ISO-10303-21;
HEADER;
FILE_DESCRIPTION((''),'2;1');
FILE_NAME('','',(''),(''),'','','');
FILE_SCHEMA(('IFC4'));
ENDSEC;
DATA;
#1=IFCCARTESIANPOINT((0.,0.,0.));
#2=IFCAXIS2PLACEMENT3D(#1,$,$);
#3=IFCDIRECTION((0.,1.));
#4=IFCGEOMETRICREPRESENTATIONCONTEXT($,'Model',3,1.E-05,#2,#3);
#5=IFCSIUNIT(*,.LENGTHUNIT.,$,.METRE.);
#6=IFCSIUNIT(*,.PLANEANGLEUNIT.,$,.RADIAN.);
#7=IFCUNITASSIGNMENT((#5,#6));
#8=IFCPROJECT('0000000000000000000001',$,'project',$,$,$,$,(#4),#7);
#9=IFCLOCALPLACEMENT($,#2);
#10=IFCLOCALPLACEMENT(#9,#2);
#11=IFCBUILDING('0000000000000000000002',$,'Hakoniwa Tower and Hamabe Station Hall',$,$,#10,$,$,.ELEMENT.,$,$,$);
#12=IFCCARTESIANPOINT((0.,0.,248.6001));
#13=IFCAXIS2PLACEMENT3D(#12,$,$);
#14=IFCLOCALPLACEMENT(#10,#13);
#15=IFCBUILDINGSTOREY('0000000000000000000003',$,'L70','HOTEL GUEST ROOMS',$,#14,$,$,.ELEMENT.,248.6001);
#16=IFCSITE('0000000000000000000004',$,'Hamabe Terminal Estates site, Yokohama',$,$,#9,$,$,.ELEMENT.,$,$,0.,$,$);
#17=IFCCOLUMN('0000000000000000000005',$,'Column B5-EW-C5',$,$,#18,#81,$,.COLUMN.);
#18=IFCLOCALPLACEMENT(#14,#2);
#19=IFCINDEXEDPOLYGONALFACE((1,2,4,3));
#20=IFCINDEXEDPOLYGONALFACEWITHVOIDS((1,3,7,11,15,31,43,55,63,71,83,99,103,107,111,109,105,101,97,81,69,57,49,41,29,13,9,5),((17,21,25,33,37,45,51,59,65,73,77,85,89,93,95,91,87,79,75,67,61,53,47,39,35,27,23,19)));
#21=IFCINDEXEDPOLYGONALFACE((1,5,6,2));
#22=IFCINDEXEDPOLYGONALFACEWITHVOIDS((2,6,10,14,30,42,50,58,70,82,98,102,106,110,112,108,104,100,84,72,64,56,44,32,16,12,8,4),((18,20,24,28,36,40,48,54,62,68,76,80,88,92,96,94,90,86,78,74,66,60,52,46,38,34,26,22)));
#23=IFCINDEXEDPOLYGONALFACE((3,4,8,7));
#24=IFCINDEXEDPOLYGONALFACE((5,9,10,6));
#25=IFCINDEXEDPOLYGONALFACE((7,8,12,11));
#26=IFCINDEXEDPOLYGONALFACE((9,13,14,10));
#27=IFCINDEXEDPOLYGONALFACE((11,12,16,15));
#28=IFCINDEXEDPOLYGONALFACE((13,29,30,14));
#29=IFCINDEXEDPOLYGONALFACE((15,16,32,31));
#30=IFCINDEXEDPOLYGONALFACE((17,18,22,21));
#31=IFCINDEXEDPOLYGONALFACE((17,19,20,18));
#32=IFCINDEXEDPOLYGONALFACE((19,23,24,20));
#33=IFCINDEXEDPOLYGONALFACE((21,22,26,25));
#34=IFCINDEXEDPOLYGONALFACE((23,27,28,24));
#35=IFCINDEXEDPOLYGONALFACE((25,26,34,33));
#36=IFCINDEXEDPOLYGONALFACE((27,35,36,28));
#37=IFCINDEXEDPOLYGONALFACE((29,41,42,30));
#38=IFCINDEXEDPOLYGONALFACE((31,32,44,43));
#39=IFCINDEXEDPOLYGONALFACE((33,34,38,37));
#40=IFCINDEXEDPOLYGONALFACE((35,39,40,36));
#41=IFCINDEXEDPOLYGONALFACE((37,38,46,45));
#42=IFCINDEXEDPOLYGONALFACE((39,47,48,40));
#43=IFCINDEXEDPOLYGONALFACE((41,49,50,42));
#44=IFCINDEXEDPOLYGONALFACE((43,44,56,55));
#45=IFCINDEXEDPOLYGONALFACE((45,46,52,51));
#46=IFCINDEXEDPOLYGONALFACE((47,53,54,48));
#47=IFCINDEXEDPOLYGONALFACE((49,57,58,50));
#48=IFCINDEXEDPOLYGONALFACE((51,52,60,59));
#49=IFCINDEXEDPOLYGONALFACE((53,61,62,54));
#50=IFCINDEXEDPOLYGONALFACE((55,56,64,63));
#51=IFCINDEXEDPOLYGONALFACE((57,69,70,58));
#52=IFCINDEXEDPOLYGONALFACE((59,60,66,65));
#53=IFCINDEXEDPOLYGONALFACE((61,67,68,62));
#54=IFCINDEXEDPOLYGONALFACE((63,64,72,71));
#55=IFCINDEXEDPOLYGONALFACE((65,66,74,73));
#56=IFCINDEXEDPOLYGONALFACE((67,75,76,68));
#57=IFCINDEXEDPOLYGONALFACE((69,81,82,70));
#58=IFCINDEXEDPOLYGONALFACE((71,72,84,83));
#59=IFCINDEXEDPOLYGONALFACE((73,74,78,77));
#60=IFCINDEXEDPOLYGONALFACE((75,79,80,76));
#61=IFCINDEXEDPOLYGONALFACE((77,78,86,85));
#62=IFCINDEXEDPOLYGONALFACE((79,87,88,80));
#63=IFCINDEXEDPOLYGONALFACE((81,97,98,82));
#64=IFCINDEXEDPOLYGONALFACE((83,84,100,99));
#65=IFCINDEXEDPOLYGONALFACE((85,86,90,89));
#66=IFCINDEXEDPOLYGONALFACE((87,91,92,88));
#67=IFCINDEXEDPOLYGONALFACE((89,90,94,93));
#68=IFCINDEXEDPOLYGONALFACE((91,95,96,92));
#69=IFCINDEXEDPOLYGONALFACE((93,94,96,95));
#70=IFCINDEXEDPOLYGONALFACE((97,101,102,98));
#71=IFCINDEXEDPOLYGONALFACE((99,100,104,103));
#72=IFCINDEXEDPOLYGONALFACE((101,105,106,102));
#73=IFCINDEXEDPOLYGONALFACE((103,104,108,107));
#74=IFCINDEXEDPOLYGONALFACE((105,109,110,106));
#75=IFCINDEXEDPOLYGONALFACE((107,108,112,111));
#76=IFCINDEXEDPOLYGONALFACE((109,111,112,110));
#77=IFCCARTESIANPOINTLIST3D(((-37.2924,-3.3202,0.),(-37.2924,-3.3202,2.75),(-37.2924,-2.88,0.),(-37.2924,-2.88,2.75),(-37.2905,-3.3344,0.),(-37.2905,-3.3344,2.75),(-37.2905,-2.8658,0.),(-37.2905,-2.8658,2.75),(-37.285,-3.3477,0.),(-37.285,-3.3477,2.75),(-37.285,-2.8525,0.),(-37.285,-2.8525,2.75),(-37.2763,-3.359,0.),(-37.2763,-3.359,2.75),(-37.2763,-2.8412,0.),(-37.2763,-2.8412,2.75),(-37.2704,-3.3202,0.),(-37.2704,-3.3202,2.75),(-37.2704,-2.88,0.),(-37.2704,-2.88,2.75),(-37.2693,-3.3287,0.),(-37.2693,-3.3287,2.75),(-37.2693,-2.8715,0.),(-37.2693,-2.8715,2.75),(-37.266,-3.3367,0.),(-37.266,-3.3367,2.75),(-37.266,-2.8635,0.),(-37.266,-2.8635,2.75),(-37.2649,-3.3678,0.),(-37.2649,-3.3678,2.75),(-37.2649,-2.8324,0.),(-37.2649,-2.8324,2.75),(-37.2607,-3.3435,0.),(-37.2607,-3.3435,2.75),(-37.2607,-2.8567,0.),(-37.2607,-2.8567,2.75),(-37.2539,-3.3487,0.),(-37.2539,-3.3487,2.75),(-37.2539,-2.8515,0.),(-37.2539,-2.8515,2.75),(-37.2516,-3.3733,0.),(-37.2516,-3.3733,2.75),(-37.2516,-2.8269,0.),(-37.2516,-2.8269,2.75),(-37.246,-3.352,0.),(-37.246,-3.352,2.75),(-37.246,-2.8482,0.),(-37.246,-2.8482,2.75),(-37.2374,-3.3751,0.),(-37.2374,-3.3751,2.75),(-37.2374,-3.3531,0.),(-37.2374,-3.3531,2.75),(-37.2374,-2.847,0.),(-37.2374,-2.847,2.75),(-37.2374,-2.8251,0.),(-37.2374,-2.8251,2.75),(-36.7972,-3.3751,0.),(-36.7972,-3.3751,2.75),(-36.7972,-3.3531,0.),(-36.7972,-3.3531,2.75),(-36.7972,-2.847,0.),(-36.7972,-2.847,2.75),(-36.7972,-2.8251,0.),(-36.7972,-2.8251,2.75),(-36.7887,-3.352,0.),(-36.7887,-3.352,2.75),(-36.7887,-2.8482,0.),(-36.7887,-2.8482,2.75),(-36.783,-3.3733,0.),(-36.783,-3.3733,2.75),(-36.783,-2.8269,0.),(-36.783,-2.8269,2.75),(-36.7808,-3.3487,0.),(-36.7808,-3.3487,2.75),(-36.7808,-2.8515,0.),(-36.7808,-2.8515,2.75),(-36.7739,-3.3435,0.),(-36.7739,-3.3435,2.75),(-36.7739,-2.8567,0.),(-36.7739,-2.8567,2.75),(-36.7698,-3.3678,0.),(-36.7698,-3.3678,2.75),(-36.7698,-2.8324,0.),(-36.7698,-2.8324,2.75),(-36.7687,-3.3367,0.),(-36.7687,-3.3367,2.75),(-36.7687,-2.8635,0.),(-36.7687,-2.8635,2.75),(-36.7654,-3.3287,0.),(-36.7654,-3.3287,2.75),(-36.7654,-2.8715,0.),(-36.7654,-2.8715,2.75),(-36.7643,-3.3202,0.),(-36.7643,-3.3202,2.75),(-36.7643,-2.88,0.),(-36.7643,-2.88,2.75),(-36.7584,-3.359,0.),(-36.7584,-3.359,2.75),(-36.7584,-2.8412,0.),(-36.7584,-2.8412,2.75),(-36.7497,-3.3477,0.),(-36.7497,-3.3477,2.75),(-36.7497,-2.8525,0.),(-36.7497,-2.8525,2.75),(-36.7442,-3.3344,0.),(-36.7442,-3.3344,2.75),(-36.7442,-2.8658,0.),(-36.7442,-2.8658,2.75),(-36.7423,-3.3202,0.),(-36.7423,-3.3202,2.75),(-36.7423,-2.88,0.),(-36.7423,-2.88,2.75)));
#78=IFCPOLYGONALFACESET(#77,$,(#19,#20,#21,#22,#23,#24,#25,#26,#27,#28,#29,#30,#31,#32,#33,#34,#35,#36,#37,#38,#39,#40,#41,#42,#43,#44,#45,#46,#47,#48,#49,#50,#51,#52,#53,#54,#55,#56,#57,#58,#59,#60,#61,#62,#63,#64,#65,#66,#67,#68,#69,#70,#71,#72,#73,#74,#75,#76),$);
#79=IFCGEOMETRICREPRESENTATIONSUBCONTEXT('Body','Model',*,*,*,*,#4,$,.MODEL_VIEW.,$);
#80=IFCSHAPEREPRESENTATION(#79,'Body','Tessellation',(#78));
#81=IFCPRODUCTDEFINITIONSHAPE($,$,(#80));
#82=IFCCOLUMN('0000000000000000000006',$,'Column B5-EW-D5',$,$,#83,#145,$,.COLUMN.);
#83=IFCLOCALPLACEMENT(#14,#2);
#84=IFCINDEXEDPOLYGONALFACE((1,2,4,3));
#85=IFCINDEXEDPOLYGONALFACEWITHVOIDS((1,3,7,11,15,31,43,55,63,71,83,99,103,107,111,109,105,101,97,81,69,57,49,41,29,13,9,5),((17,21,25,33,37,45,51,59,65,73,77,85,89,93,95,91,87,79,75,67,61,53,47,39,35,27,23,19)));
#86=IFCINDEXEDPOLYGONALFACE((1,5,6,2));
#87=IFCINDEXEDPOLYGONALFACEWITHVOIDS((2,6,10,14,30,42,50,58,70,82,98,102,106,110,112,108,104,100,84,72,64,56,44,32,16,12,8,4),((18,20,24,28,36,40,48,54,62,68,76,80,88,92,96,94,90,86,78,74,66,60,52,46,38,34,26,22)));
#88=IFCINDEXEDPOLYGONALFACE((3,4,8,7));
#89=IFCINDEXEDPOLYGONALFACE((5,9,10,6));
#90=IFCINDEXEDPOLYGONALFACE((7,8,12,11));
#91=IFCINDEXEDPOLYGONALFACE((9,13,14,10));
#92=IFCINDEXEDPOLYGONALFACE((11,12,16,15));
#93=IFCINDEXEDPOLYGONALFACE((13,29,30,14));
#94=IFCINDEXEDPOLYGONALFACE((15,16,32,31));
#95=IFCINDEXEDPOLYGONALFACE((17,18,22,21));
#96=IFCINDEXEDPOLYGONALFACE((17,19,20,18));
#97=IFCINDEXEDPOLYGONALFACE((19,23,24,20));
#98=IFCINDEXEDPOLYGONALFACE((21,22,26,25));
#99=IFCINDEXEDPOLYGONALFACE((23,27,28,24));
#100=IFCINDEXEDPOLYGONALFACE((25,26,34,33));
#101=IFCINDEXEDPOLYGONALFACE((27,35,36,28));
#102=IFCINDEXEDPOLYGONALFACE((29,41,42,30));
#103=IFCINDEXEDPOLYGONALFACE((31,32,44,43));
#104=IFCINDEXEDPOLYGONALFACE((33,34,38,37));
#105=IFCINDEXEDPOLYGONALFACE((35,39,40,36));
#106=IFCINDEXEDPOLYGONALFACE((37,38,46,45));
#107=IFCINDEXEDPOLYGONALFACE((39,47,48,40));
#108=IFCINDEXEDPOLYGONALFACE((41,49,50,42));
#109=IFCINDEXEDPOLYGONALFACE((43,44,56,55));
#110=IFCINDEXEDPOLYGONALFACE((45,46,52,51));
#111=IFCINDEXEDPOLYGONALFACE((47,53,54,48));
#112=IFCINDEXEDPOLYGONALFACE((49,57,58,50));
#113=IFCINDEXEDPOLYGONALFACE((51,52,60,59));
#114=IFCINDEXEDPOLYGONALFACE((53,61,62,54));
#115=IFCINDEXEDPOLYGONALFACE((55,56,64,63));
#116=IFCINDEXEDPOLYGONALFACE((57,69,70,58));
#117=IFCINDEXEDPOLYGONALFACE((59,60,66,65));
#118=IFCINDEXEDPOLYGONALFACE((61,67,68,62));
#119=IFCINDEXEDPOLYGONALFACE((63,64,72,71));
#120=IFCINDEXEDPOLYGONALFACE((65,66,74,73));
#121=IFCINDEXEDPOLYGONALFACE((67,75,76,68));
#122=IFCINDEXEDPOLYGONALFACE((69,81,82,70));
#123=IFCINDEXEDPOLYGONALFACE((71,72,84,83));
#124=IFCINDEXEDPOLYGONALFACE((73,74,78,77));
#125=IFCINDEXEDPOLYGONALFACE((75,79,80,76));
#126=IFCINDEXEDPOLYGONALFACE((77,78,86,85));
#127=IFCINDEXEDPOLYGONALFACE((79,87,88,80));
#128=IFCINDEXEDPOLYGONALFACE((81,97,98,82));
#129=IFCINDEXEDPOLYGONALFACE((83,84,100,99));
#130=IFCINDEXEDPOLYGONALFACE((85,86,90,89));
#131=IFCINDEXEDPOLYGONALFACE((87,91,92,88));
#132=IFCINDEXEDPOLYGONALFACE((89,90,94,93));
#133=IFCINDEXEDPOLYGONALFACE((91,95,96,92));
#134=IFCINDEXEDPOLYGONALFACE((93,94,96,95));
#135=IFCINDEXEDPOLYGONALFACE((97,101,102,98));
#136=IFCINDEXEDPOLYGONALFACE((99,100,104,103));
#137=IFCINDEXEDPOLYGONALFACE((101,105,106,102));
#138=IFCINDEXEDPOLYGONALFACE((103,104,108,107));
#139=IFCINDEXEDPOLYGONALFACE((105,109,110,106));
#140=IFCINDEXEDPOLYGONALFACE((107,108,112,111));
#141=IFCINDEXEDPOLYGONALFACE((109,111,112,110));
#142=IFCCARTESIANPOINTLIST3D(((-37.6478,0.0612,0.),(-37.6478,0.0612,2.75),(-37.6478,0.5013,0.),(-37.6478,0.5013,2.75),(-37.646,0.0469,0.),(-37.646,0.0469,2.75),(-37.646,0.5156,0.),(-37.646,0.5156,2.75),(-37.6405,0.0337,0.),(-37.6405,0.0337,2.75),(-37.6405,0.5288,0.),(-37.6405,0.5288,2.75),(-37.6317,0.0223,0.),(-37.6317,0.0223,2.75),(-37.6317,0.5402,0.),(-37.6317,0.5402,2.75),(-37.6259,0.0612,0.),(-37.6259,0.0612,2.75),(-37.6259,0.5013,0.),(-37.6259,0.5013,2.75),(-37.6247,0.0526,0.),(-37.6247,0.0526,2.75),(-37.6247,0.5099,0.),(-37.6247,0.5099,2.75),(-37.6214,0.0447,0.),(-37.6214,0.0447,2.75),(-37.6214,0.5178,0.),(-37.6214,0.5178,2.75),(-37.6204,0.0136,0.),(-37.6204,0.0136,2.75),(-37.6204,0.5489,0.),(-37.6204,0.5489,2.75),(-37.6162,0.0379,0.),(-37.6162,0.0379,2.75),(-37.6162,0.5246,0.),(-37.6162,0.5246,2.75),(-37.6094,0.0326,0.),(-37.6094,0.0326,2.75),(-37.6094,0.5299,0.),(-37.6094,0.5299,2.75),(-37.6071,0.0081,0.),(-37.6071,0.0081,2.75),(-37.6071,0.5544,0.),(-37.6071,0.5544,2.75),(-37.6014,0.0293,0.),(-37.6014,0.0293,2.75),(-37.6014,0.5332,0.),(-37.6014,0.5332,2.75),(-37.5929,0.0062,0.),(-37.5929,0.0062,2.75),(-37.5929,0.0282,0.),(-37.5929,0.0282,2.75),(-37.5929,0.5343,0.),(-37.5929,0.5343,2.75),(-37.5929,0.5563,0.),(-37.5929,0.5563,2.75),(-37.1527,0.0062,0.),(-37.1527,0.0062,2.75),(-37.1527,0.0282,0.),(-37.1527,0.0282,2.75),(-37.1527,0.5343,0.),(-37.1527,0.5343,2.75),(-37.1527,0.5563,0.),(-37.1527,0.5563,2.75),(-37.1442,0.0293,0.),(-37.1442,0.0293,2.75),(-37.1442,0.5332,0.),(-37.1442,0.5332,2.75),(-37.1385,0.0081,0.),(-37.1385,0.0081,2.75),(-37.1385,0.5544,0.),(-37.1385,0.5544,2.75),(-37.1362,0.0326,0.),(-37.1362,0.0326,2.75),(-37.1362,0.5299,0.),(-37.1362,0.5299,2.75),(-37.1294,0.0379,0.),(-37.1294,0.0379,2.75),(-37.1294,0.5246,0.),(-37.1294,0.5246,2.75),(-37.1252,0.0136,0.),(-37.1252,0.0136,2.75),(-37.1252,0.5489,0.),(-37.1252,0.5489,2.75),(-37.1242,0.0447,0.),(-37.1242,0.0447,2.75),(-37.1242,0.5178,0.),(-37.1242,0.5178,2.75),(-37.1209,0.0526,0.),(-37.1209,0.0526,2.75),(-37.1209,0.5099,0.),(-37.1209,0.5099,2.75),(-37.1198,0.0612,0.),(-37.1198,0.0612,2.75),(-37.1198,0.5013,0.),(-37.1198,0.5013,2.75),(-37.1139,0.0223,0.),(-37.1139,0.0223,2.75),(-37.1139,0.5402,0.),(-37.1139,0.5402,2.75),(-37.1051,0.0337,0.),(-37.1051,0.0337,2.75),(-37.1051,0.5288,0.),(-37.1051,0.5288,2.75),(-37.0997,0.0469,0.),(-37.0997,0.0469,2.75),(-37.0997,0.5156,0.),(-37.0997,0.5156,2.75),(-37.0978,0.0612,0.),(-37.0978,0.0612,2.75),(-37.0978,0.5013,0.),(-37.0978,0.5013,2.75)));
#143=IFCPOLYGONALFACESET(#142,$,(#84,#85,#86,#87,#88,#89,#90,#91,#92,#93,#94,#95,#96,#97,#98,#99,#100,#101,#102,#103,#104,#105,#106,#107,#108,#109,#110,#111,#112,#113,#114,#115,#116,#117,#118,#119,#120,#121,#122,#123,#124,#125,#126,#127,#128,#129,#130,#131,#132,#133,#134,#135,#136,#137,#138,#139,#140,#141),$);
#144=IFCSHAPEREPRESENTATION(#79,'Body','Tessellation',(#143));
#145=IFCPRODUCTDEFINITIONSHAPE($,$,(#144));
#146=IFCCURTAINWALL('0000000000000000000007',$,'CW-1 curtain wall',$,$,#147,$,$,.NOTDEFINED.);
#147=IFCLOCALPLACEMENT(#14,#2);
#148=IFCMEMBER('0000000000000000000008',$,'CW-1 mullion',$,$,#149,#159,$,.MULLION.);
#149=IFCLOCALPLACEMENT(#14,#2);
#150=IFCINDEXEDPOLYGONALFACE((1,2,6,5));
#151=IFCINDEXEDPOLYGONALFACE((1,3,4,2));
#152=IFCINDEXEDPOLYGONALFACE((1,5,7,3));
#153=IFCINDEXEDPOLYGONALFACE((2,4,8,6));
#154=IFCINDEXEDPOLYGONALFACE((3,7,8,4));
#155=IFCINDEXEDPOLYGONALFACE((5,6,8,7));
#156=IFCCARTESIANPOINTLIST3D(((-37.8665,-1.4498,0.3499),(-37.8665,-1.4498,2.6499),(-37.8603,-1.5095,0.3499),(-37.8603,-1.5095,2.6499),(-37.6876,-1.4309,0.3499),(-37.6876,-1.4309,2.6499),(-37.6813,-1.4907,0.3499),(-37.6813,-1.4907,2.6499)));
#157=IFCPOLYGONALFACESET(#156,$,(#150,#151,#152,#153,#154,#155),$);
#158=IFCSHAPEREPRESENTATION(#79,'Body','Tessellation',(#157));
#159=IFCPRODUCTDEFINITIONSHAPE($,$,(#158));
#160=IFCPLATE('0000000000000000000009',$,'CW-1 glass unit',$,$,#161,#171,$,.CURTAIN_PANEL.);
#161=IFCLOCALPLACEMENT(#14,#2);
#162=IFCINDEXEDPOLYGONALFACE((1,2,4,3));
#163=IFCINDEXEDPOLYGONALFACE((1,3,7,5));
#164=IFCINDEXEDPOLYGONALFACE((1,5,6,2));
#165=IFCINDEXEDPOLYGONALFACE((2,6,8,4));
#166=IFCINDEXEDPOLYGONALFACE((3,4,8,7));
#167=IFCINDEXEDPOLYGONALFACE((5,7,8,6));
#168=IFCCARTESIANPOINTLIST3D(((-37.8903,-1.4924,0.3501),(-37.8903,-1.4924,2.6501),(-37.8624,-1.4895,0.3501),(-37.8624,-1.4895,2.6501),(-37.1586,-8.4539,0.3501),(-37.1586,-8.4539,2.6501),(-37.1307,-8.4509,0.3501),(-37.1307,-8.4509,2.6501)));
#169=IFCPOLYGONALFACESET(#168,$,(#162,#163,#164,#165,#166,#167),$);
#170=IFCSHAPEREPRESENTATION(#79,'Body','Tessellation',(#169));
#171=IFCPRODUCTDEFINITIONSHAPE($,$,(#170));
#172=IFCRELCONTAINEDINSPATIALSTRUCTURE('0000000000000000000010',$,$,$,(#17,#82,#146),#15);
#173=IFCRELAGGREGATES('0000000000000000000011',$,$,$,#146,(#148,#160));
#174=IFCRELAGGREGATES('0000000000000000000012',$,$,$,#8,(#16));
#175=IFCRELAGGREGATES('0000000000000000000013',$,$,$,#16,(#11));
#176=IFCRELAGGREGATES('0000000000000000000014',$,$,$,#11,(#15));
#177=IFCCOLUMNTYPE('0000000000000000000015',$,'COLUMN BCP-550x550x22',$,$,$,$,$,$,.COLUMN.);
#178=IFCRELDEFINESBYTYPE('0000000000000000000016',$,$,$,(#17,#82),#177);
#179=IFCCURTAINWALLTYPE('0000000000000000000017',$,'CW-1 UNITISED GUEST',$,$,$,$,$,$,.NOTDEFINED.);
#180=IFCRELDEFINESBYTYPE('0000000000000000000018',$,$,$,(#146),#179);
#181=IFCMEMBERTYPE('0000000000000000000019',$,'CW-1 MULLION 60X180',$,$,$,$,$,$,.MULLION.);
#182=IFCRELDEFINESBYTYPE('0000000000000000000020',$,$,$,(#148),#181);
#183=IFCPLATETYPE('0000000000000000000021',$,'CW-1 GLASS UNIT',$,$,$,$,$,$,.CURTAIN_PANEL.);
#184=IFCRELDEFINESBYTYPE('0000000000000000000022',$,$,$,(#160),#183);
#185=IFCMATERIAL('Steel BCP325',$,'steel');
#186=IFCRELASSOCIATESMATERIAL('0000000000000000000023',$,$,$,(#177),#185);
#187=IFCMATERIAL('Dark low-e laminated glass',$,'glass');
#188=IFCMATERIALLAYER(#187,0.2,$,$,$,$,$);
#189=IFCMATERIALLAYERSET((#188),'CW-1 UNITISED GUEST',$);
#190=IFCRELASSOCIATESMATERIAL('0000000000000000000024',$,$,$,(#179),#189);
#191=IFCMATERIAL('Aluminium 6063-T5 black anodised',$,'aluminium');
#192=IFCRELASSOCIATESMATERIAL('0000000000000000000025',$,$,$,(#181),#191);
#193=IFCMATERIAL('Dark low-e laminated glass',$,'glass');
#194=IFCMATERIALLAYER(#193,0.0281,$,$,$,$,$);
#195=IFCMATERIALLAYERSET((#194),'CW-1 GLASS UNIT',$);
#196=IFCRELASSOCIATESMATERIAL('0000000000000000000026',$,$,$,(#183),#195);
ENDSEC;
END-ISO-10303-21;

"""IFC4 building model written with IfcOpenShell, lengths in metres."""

from ifc_helpers import new_model, si_unit, direction, frame, origin, origin_2d, place, context, subcontext, project, spatial, rectangle, hollow_rectangle, extrude, material, layer, layer_set, material_profile, profile_set, type_object, element, aggregate, save


model = new_model("IFC4")

# Units and contexts
model_context = context("Model", 3, precision=1e-05, world=origin(), true_north=direction((0.0, 1.0)))
body_context = subcontext(model_context, "Body", "Model", "MODEL_VIEW")
ifc_project = project(units=[si_unit("LENGTHUNIT", "METRE"), si_unit("PLANEANGLEUNIT", "RADIAN")], contexts=[model_context])

# Site, building, storey
site_placement = place(None, origin())
site = spatial("IfcSite", under=ifc_project, at=site_placement, Name="Hamabe Terminal Estates site, Yokohama", CompositionType="ELEMENT", RefElevation=0.0)
building_placement = place(site_placement, origin())
building = spatial("IfcBuilding", under=site, at=building_placement, Name="Hakoniwa Tower and Hamabe Station Hall", CompositionType="ELEMENT")
storey_placement = place(building_placement, frame((0.0, 0.0, 248.6001)))
storey = spatial("IfcBuildingStorey", under=building, at=storey_placement, Name="L70", Description="HOTEL GUEST ROOMS", CompositionType="ELEMENT", Elevation=248.6001)

# Columns
ifc_material_1 = material(Name="Steel BCP325", Category="steel")
ifc_material_profile_1 = material_profile(ifc_material_1, hollow_rectangle(XDim=0.55, YDim=0.55, WallThickness=0.022, InnerFilletRadius=0.033, OuterFilletRadius=0.0549, at=origin_2d()), Name="BCP-550x550x22")
ifc_profile_set_1 = profile_set([ifc_material_profile_1], Name="Steel BCP325")
column_type = type_object("IfcColumnType", Name="COLUMN BCP-550x550x22", PredefinedType="COLUMN", material=ifc_profile_set_1)
for number, where, z_axis, x_axis, name in (
    (1, (-37.0173, -3.1001, 0.0), (0.0, 0.0, 1.0), (1.0, 0.0, 0.0), "Column B5-EW-C5"),
    (2, (-37.3728, 0.2812, 0.0), (0.0, 0.0, 1.0), (1.0, 0.0, 0.0), "Column B5-EW-D5"),
):
    element("IfcColumn", number, at=place(storey_placement, frame(where, z_axis=z_axis, x_axis=x_axis)), inside=storey, type_object=column_type, Name=name, PredefinedType="COLUMN", context=body_context, shape_type="SweptSolid", body=[
        extrude(hollow_rectangle(XDim=0.55, YDim=0.55, WallThickness=0.022, InnerFilletRadius=0.033, OuterFilletRadius=0.0549, at=origin_2d()), origin(), (0.0, 0.0, 1.0), 2.75),
    ])

# Curtain wall, member, plate
ifc_material_2 = material(Name="Dark low-e laminated glass", Category="glass")
ifc_layer_1 = layer(ifc_material_2, 0.2)
ifc_layer_set_1 = layer_set([ifc_layer_1], Name="CW-1 UNITISED GUEST")
curtain_wall_type = type_object("IfcCurtainWallType", Name="CW-1 UNITISED GUEST", PredefinedType="NOTDEFINED", material=ifc_layer_set_1)
curtain_wall_placement = place(storey_placement, origin())
curtain_wall = element("IfcCurtainWall", 3, at=curtain_wall_placement, inside=storey, type_object=curtain_wall_type, Name="CW-1 curtain wall", PredefinedType="NOTDEFINED")
ifc_material_3 = material(Name="Aluminium 6063-T5 black anodised", Category="aluminium")
ifc_material_profile_2 = material_profile(ifc_material_3, rectangle(XDim=0.0601, YDim=0.1799, at=origin_2d()), Name="CW-1 MULLION 60X180")
ifc_profile_set_2 = profile_set([ifc_material_profile_2], Name="Aluminium 6063-T5 black anodised")
member_type = type_object("IfcMemberType", Name="CW-1 MULLION 60X180", PredefinedType="MULLION", material=ifc_profile_set_2)
member_placement = place(storey_placement, frame((-37.7739, -1.4702, 0.3499), z_axis=(0.0, 0.0, 1.0), x_axis=(0.104528, -0.994522, 0.0)))
member = element("IfcMember", 4, at=member_placement, type_object=member_type, Name="CW-1 mullion", PredefinedType="MULLION", context=body_context, shape_type="SweptSolid", body=[
    extrude(rectangle(XDim=0.0601, YDim=0.1799, at=origin_2d()), origin(), (0.0, 0.0, 1.0), 2.3),
])
ifc_material_4 = material(Name="Dark low-e laminated glass", Category="glass")
ifc_layer_2 = layer(ifc_material_4, 0.0281)
ifc_layer_set_2 = layer_set([ifc_layer_2], Name="CW-1 GLASS UNIT")
plate_type = type_object("IfcPlateType", Name="CW-1 GLASS UNIT", PredefinedType="CURTAIN_PANEL", material=ifc_layer_set_2)
plate_placement = place(storey_placement, frame((-37.5105, -4.9717, 0.3501), z_axis=(0.0, 0.0, 1.0), x_axis=(0.104528, -0.994522, 0.0)))
plate = element("IfcPlate", 5, at=plate_placement, type_object=plate_type, Name="CW-1 glass unit", PredefinedType="CURTAIN_PANEL", context=body_context, shape_type="SweptSolid", body=[
    extrude(rectangle(XDim=6.9998, YDim=0.0281, at=origin_2d()), origin(), (0.0, 0.0, 1.0), 2.3),
])
aggregate(curtain_wall, [member, plate])

save(model, "model.ifc")
